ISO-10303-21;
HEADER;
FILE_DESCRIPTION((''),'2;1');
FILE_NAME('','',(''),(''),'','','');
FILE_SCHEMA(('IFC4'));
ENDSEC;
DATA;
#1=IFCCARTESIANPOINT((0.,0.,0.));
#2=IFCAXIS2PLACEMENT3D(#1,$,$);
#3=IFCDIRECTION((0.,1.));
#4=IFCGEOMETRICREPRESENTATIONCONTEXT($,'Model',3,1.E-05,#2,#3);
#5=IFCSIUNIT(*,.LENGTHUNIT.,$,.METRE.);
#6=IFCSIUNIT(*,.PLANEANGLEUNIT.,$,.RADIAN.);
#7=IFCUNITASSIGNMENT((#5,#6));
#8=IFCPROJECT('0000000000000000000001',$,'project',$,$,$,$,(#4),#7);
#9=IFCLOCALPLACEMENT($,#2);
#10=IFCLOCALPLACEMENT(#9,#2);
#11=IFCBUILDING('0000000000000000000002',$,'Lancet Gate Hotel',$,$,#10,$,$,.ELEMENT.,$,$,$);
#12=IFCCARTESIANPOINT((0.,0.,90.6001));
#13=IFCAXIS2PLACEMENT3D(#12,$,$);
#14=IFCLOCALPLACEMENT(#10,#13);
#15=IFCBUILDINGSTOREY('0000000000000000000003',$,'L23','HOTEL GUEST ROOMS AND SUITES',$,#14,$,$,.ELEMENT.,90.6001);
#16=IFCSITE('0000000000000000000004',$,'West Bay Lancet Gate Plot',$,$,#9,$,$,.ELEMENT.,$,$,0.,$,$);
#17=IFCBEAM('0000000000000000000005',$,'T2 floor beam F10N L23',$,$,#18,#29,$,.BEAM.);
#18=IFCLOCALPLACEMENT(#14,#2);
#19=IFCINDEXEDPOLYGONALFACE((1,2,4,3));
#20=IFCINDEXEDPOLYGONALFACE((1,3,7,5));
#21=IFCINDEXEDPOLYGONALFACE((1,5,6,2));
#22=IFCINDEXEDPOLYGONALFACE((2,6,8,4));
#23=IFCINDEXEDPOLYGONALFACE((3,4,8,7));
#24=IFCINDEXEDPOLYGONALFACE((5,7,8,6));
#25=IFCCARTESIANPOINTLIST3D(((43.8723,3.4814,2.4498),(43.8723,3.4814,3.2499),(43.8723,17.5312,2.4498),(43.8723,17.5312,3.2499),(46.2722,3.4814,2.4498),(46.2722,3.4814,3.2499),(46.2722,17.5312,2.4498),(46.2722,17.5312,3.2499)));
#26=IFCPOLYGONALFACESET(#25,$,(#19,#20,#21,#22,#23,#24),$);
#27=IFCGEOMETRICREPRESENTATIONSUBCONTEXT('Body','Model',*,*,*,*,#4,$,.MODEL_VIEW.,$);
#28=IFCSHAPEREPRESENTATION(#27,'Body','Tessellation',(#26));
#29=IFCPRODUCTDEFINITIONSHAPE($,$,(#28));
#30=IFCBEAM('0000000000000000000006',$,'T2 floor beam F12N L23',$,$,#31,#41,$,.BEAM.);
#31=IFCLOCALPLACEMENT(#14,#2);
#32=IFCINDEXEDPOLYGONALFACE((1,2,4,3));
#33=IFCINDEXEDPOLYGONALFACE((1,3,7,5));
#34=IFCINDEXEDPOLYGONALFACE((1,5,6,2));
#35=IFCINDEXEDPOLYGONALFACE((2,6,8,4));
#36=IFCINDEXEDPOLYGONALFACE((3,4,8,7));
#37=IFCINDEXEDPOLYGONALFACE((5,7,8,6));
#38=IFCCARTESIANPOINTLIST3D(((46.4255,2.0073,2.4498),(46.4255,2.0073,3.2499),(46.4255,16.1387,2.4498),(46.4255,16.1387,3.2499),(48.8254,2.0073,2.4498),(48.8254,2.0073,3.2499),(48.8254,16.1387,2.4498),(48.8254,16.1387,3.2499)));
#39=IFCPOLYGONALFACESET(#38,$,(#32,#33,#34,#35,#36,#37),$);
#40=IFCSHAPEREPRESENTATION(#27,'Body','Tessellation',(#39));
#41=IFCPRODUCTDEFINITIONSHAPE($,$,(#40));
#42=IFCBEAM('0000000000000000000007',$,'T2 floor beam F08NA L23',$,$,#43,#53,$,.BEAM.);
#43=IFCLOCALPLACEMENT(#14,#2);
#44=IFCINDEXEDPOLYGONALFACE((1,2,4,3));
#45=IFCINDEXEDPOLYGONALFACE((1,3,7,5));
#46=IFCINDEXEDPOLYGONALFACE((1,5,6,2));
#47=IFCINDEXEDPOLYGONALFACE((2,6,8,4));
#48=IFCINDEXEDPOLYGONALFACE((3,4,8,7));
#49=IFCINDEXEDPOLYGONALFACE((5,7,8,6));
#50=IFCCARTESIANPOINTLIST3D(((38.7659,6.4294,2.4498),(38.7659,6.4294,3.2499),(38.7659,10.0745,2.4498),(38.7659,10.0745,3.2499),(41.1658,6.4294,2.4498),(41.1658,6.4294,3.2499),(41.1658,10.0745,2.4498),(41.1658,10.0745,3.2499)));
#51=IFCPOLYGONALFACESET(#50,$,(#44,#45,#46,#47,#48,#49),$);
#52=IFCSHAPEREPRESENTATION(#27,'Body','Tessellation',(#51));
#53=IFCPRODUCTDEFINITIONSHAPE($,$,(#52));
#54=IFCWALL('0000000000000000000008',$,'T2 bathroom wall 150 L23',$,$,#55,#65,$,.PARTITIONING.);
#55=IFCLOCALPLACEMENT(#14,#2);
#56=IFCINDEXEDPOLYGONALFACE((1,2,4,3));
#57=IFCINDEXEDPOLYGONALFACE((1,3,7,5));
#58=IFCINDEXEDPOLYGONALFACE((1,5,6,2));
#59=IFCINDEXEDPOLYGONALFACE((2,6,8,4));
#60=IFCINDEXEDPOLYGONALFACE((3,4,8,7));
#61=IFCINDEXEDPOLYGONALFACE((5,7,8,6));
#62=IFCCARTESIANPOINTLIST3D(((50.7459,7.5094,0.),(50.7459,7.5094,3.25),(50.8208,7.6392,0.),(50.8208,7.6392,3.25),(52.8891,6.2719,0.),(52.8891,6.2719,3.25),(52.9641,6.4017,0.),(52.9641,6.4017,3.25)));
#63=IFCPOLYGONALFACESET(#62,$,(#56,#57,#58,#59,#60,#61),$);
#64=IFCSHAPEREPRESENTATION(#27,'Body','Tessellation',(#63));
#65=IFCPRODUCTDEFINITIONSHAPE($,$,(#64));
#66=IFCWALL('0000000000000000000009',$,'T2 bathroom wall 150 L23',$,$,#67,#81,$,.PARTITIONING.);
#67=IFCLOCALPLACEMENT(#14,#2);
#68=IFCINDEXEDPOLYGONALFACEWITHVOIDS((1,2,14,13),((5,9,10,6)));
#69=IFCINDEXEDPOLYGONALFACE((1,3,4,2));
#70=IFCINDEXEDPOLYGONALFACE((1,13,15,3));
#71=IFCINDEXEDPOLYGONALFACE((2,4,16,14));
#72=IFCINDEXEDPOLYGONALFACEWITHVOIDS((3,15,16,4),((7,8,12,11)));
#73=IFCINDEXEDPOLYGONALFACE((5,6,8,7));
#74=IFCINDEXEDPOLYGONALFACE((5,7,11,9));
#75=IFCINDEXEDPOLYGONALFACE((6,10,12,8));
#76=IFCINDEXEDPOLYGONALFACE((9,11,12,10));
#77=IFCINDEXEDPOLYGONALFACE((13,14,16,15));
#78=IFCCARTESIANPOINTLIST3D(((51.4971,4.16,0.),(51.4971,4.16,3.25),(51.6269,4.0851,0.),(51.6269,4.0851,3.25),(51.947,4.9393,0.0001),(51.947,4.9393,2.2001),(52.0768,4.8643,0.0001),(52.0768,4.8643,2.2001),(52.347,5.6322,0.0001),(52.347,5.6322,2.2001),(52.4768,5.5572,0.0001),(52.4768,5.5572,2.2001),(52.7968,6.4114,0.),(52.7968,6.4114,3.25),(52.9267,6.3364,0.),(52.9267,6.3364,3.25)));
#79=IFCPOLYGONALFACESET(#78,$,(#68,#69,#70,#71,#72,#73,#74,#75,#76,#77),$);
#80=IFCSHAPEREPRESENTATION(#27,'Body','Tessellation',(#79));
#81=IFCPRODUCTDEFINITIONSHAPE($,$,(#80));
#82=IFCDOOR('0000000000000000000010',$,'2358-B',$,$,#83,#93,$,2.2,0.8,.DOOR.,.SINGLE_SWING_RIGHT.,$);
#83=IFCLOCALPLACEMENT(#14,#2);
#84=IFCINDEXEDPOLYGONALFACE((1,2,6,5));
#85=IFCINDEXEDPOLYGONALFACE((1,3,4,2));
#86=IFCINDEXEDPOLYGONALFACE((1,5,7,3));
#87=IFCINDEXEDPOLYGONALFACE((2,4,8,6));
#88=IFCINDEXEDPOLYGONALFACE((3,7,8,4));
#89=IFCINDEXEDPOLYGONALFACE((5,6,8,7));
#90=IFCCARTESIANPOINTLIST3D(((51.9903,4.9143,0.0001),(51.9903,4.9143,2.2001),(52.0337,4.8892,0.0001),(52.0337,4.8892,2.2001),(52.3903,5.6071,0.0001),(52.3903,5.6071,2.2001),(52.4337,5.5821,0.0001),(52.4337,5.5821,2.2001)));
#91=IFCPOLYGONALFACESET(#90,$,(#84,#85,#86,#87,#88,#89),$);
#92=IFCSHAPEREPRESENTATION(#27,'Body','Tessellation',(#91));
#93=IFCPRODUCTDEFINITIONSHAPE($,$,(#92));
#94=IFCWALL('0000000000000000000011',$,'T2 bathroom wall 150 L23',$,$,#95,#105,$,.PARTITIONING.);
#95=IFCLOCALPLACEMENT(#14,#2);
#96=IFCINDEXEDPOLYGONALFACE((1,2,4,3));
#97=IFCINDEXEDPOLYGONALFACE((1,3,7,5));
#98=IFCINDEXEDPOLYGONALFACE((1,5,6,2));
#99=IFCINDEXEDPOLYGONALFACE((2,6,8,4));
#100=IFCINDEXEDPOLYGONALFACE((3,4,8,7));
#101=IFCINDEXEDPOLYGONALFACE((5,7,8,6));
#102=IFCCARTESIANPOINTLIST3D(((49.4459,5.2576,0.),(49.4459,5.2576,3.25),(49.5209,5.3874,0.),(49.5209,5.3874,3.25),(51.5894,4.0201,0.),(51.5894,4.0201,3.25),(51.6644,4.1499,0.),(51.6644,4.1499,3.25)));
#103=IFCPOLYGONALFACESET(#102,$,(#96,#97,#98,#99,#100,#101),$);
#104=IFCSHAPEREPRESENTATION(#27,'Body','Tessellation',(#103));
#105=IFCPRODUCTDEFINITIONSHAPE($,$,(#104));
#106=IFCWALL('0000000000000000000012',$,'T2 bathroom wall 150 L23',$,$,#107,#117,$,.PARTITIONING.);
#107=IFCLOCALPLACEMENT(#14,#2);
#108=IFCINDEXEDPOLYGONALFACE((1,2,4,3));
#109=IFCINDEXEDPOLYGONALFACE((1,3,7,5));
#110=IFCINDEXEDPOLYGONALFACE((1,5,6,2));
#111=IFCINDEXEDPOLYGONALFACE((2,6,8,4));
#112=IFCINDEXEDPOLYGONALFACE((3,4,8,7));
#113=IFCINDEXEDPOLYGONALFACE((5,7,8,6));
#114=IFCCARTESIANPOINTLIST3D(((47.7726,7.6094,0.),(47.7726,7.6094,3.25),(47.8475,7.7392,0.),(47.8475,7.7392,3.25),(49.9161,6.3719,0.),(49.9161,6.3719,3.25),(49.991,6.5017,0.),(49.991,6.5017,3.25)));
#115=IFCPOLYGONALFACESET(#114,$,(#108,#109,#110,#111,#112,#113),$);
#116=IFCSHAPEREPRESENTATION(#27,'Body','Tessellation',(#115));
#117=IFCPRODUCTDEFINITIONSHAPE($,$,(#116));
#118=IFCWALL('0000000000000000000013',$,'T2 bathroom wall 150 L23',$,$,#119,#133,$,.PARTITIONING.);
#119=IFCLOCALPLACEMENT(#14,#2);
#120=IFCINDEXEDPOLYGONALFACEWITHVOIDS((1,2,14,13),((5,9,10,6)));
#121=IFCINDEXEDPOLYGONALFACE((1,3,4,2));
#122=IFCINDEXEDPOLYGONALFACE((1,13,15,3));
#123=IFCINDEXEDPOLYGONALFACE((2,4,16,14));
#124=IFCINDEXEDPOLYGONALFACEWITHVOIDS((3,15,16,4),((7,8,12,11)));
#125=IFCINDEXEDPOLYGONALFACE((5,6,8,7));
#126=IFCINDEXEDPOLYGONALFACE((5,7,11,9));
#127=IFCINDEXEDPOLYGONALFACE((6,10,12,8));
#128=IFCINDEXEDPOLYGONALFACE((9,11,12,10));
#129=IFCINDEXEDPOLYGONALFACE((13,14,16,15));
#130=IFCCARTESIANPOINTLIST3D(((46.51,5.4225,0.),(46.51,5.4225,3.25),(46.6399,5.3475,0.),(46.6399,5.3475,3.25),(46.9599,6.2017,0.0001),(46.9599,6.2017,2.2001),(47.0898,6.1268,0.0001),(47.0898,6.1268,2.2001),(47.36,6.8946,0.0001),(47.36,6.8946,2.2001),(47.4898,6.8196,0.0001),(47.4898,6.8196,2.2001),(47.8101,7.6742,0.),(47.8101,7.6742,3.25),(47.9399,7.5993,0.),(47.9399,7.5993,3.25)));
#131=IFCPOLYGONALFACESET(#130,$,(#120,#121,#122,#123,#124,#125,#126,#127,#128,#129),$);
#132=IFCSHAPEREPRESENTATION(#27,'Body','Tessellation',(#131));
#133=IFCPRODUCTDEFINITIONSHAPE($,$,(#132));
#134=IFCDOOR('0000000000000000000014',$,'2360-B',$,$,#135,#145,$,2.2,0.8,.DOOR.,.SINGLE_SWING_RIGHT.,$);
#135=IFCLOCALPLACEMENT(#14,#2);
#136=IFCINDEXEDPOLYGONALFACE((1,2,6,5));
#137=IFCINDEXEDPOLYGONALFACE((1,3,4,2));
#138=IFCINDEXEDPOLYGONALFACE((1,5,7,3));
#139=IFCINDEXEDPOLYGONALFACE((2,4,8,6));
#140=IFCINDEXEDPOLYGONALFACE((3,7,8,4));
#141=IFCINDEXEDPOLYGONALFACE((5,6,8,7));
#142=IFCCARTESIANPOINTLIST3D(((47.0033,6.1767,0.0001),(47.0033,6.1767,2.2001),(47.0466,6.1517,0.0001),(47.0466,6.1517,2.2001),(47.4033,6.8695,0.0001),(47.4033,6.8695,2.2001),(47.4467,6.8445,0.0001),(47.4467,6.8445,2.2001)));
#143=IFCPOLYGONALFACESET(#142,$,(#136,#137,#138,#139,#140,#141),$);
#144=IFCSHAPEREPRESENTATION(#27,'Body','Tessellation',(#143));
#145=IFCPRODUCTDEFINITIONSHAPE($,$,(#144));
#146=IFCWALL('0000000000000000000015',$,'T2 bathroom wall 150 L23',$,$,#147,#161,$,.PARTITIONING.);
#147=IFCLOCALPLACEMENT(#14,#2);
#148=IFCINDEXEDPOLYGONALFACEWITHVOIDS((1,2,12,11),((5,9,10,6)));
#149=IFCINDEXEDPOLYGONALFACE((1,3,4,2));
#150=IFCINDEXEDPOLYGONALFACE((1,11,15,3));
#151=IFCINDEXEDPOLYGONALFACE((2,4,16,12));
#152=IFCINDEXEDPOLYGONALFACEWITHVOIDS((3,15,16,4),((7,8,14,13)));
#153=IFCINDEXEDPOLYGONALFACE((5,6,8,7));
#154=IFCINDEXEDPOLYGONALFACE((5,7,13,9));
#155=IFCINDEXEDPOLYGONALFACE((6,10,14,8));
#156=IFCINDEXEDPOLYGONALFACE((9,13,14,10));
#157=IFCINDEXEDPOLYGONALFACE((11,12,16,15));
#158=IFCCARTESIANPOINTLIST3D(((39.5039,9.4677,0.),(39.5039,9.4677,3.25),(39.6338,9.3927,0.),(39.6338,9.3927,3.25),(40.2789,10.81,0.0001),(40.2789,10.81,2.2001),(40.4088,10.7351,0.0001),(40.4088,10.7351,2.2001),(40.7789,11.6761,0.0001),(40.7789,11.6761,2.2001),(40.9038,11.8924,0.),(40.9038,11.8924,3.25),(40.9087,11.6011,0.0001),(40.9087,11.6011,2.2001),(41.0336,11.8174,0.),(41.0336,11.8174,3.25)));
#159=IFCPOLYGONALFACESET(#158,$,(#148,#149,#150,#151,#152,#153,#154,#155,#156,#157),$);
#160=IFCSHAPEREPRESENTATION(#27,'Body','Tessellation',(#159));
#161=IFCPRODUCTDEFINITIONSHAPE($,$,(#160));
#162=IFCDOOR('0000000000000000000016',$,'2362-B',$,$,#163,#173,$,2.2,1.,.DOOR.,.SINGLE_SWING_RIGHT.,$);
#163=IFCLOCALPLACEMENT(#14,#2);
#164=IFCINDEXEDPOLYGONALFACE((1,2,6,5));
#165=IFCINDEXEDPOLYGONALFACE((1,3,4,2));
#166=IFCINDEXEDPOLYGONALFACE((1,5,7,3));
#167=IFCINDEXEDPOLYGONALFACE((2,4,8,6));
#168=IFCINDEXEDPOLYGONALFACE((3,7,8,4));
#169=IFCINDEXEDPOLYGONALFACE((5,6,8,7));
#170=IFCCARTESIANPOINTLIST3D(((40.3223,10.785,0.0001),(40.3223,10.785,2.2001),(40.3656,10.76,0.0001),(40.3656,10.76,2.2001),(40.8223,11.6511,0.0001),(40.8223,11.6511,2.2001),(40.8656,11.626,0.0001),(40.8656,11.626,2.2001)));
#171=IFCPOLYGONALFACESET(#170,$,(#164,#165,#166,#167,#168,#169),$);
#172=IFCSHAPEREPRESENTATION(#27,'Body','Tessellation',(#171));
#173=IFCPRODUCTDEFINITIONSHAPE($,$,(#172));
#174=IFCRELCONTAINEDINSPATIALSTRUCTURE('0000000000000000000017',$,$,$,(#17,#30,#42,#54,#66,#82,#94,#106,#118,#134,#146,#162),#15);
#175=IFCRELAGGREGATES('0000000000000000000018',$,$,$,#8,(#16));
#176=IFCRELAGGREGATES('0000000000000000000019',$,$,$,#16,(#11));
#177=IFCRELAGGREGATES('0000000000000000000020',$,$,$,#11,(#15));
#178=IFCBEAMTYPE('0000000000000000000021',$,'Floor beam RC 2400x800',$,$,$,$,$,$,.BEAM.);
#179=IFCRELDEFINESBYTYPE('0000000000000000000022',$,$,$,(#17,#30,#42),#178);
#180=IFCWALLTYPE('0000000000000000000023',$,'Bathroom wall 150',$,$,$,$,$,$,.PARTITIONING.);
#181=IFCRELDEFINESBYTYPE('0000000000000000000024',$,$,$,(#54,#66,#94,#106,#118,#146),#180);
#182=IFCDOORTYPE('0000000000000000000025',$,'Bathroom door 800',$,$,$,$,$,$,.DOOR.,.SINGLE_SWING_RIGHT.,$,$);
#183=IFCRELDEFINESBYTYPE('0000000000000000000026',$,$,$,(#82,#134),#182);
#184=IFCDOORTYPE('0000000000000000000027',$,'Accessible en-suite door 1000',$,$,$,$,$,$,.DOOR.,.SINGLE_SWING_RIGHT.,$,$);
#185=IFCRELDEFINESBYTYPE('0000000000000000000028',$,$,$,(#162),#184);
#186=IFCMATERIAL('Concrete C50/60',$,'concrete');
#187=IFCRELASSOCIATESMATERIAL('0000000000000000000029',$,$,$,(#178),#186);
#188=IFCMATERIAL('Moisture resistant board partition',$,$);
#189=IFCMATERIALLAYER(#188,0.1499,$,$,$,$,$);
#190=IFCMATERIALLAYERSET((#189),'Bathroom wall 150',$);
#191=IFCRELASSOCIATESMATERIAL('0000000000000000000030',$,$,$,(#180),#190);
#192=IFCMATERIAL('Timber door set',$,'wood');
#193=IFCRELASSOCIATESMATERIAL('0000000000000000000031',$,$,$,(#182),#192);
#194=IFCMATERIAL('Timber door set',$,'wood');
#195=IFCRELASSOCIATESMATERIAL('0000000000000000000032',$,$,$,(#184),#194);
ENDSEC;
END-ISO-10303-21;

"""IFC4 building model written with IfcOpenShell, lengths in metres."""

from ifc_helpers import new_model, si_unit, direction, frame, frame_2d, origin, origin_2d, place, context, subcontext, project, spatial, rectangle, extrude, material, layer, layer_set, material_profile, profile_set, type_object, element, fill, save


model = new_model("IFC4")

# Units and contexts
model_context = context("Model", 3, precision=1e-05, world=origin(), true_north=direction((0.0, 1.0)))
body_context = subcontext(model_context, "Body", "Model", "MODEL_VIEW")
ifc_project = project(units=[si_unit("LENGTHUNIT", "METRE"), si_unit("PLANEANGLEUNIT", "RADIAN")], contexts=[model_context])

# Site, building, storey
site_placement = place(None, origin())
site = spatial("IfcSite", under=ifc_project, at=site_placement, Name="West Bay Lancet Gate Plot", CompositionType="ELEMENT", RefElevation=0.0)
building_placement = place(site_placement, origin())
building = spatial("IfcBuilding", under=site, at=building_placement, Name="Lancet Gate Hotel", CompositionType="ELEMENT")
storey_placement = place(building_placement, frame((0.0, 0.0, 90.6001)))
storey = spatial("IfcBuildingStorey", under=building, at=storey_placement, Name="L23", Description="HOTEL GUEST ROOMS AND SUITES", CompositionType="ELEMENT", Elevation=90.6001)

# Beams
ifc_material_1 = material(Name="Concrete C50/60", Category="concrete")
ifc_material_profile = material_profile(ifc_material_1, rectangle(XDim=2.3999, YDim=0.8, at=origin_2d()), Name="RC 2400x800")
ifc_profile_set = profile_set([ifc_material_profile], Name="Concrete C50/60")
beam_type = type_object("IfcBeamType", Name="Floor beam RC 2400x800", PredefinedType="BEAM", material=ifc_profile_set)
beam_1_placement = place(storey_placement, frame((45.0723, 3.4814, 2.8499), z_axis=(0.0, 1.0, 0.0), x_axis=(-1.0, 0.0, 0.0)))
element("IfcBeam", 1, at=beam_1_placement, inside=storey, type_object=beam_type, Name="T2 floor beam F10N L23", PredefinedType="BEAM", context=body_context, shape_type="SweptSolid", body=[
    extrude(rectangle(XDim=2.3999, YDim=0.8, at=origin_2d()), origin(), (0.0, 0.0, 1.0), 14.0498),
])
beam_2_placement = place(storey_placement, frame((47.6255, 2.0073, 2.8499), z_axis=(0.0, 1.0, 0.0), x_axis=(-1.0, 0.0, 0.0)))
element("IfcBeam", 2, at=beam_2_placement, inside=storey, type_object=beam_type, Name="T2 floor beam F12N L23", PredefinedType="BEAM", context=body_context, shape_type="SweptSolid", body=[
    extrude(rectangle(XDim=2.3999, YDim=0.8, at=origin_2d()), origin(), (0.0, 0.0, 1.0), 14.1313),
])
beam_3_placement = place(storey_placement, frame((39.9658, 6.4294, 2.8499), z_axis=(0.0, 1.0, 0.0), x_axis=(-1.0, 0.0, 0.0)))
element("IfcBeam", 3, at=beam_3_placement, inside=storey, type_object=beam_type, Name="T2 floor beam F08NA L23", PredefinedType="BEAM", context=body_context, shape_type="SweptSolid", body=[
    extrude(rectangle(XDim=2.3999, YDim=0.8, at=origin_2d()), origin(), (0.0, 0.0, 1.0), 3.645),
])

# Wall
ifc_material_2 = material(Name="Moisture resistant board partition")
ifc_layer_1 = layer(ifc_material_2, 0.1499)
ifc_layer_set_1 = layer_set([ifc_layer_1], Name="Bathroom wall 150")
wall_type_1 = type_object("IfcWallType", Name="Bathroom wall 150", PredefinedType="PARTITIONING", material=ifc_layer_set_1)
wall_1_placement = place(storey_placement, frame((50.7834, 7.5742, 0.0), z_axis=(0.0, 0.0, 1.0), x_axis=(0.866007, -0.500033, 0.0)))
element("IfcWall", 4, at=wall_1_placement, inside=storey, type_object=wall_type_1, Name="T2 bathroom wall 150 L23", PredefinedType="PARTITIONING", context=body_context, shape_type="SweptSolid", body=[
    extrude(rectangle(XDim=2.4749, YDim=0.1499, at=frame_2d((1.2373, 0.0))), origin(), (0.0, 0.0, 1.0), 3.25),
])

# Wall, opening, door
wall_2_placement = place(storey_placement, frame((51.562, 4.1226, 0.0), z_axis=(0.0, 0.0, 1.0), x_axis=(0.499977, 0.866039, 0.0)))
wall_2 = element("IfcWall", 5, at=wall_2_placement, inside=storey, type_object=wall_type_1, Name="T2 bathroom wall 150 L23", PredefinedType="PARTITIONING", context=body_context, shape_type="SweptSolid", body=[
    extrude(rectangle(XDim=2.5996, YDim=0.1499, at=frame_2d((1.2998, 0.0))), origin(), (0.0, 0.0, 1.0), 3.25),
])
opening_1_placement = place(wall_2_placement, frame((0.8999, 0.0, 0.0)))
opening_1 = element("IfcOpeningElement", 6, at=opening_1_placement, cuts=wall_2, PredefinedType="OPENING", context=body_context, shape_type="SweptSolid", body=[
    extrude(rectangle(XDim=0.8, YDim=2.2, at=frame_2d((0.3999, 1.1001))), frame((0.0, 0.085, 0.0), z_axis=(0.0, -1.0, 0.0), x_axis=(1.0, 0.0, 0.0)), (0.0, 0.0, 1.0), 0.1699),
])
ifc_material_3 = material(Name="Timber door set", Category="wood")
door_type_1 = type_object("IfcDoorType", Name="Bathroom door 800", OperationType="SINGLE_SWING_RIGHT", PredefinedType="DOOR", material=ifc_material_3)
door_1_placement = place(opening_1_placement, origin())
door_1 = element("IfcDoor", 7, at=door_1_placement, inside=storey, type_object=door_type_1, Name="2358-B", OperationType="SINGLE_SWING_RIGHT", OverallHeight=2.2, OverallWidth=0.8, PredefinedType="DOOR", context=body_context, shape_type="SweptSolid", body=[
    extrude(rectangle(XDim=0.8, YDim=2.2, at=frame_2d((0.3999, 1.1001))), frame((0.0, 0.0249, 0.0), z_axis=(0.0, -1.0, 0.0), x_axis=(1.0, 0.0, 0.0)), (0.0, 0.0, 1.0), 0.05),
])
fill(opening_1, door_1)

# Walls
for number, where, z_axis, x_axis, name in (
    (8, (49.4834, 5.3225, 0.0), (0.0, 0.0, 1.0), (0.866031, -0.49999, 0.0), "T2 bathroom wall 150 L23"),
    (9, (47.8101, 7.6743, 0.0), (0.0, 0.0, 1.0), (0.866031, -0.49999, 0.0), "T2 bathroom wall 150 L23"),
):
    element("IfcWall", number, at=place(storey_placement, frame(where, z_axis=z_axis, x_axis=x_axis)), inside=storey, type_object=wall_type_1, Name=name, PredefinedType="PARTITIONING", context=body_context, shape_type="SweptSolid", body=[
        extrude(rectangle(XDim=2.4751, YDim=0.1499, at=frame_2d((1.2375, 0.0))), origin(), (0.0, 0.0, 1.0), 3.25),
    ])

# Walls, openings, doors
wall_3_placement = place(storey_placement, frame((46.575, 5.385, 0.0), z_axis=(0.0, 0.0, 1.0), x_axis=(0.500007, 0.866021, 0.0)))
wall_3 = element("IfcWall", 10, at=wall_3_placement, inside=storey, type_object=wall_type_1, Name="T2 bathroom wall 150 L23", PredefinedType="PARTITIONING", context=body_context, shape_type="SweptSolid", body=[
    extrude(rectangle(XDim=2.6001, YDim=0.1499, at=frame_2d((1.3, 0.0))), origin(), (0.0, 0.0, 1.0), 3.25),
])
opening_2_placement = place(wall_3_placement, frame((0.8999, 0.0, 0.0)))
opening_2 = element("IfcOpeningElement", 11, at=opening_2_placement, cuts=wall_3, PredefinedType="OPENING", context=body_context, shape_type="SweptSolid", body=[
    extrude(rectangle(XDim=0.8, YDim=2.2, at=frame_2d((0.3999, 1.1001))), frame((0.0, 0.085, 0.0), z_axis=(0.0, -1.0, 0.0), x_axis=(1.0, 0.0, 0.0)), (0.0, 0.0, 1.0), 0.1699),
])
door_2_placement = place(opening_2_placement, origin())
door_2 = element("IfcDoor", 12, at=door_2_placement, inside=storey, type_object=door_type_1, Name="2360-B", OperationType="SINGLE_SWING_RIGHT", OverallHeight=2.2, OverallWidth=0.8, PredefinedType="DOOR", context=body_context, shape_type="SweptSolid", body=[
    extrude(rectangle(XDim=0.8, YDim=2.2, at=frame_2d((0.3999, 1.1001))), frame((0.0, 0.0249, 0.0), z_axis=(0.0, -1.0, 0.0), x_axis=(1.0, 0.0, 0.0)), (0.0, 0.0, 1.0), 0.05),
])
fill(opening_2, door_2)
wall_4_placement = place(storey_placement, frame((39.5688, 9.4302, 0.0), z_axis=(0.0, 0.0, 1.0), x_axis=(0.499984, 0.866035, 0.0)))
wall_4 = element("IfcWall", 13, at=wall_4_placement, inside=storey, type_object=wall_type_1, Name="T2 bathroom wall 150 L23", PredefinedType="PARTITIONING", context=body_context, shape_type="SweptSolid", body=[
    extrude(rectangle(XDim=2.7998, YDim=0.1499, at=frame_2d((1.3999, 0.0))), origin(), (0.0, 0.0, 1.0), 3.25),
])
opening_3_placement = place(wall_4_placement, frame((1.55, 0.0, 0.0)))
opening_3 = element("IfcOpeningElement", 14, at=opening_3_placement, cuts=wall_4, PredefinedType="OPENING", context=body_context, shape_type="SweptSolid", body=[
    extrude(rectangle(XDim=1.0, YDim=2.2, at=frame_2d((0.5, 1.1001))), frame((0.0, 0.085, 0.0), z_axis=(0.0, -1.0, 0.0), x_axis=(1.0, 0.0, 0.0)), (0.0, 0.0, 1.0), 0.1699),
])
ifc_material_4 = material(Name="Timber door set", Category="wood")
door_type_2 = type_object("IfcDoorType", Name="Accessible en-suite door 1000", OperationType="SINGLE_SWING_RIGHT", PredefinedType="DOOR", material=ifc_material_4)
door_3_placement = place(opening_3_placement, origin())
door_3 = element("IfcDoor", 15, at=door_3_placement, inside=storey, type_object=door_type_2, Name="2362-B", OperationType="SINGLE_SWING_RIGHT", OverallHeight=2.2, OverallWidth=1.0, PredefinedType="DOOR", context=body_context, shape_type="SweptSolid", body=[
    extrude(rectangle(XDim=1.0, YDim=2.2, at=frame_2d((0.5, 1.1001))), frame((0.0, 0.0249, 0.0), z_axis=(0.0, -1.0, 0.0), x_axis=(1.0, 0.0, 0.0)), (0.0, 0.0, 1.0), 0.05),
])
fill(opening_3, door_3)

save(model, "model.ifc")
